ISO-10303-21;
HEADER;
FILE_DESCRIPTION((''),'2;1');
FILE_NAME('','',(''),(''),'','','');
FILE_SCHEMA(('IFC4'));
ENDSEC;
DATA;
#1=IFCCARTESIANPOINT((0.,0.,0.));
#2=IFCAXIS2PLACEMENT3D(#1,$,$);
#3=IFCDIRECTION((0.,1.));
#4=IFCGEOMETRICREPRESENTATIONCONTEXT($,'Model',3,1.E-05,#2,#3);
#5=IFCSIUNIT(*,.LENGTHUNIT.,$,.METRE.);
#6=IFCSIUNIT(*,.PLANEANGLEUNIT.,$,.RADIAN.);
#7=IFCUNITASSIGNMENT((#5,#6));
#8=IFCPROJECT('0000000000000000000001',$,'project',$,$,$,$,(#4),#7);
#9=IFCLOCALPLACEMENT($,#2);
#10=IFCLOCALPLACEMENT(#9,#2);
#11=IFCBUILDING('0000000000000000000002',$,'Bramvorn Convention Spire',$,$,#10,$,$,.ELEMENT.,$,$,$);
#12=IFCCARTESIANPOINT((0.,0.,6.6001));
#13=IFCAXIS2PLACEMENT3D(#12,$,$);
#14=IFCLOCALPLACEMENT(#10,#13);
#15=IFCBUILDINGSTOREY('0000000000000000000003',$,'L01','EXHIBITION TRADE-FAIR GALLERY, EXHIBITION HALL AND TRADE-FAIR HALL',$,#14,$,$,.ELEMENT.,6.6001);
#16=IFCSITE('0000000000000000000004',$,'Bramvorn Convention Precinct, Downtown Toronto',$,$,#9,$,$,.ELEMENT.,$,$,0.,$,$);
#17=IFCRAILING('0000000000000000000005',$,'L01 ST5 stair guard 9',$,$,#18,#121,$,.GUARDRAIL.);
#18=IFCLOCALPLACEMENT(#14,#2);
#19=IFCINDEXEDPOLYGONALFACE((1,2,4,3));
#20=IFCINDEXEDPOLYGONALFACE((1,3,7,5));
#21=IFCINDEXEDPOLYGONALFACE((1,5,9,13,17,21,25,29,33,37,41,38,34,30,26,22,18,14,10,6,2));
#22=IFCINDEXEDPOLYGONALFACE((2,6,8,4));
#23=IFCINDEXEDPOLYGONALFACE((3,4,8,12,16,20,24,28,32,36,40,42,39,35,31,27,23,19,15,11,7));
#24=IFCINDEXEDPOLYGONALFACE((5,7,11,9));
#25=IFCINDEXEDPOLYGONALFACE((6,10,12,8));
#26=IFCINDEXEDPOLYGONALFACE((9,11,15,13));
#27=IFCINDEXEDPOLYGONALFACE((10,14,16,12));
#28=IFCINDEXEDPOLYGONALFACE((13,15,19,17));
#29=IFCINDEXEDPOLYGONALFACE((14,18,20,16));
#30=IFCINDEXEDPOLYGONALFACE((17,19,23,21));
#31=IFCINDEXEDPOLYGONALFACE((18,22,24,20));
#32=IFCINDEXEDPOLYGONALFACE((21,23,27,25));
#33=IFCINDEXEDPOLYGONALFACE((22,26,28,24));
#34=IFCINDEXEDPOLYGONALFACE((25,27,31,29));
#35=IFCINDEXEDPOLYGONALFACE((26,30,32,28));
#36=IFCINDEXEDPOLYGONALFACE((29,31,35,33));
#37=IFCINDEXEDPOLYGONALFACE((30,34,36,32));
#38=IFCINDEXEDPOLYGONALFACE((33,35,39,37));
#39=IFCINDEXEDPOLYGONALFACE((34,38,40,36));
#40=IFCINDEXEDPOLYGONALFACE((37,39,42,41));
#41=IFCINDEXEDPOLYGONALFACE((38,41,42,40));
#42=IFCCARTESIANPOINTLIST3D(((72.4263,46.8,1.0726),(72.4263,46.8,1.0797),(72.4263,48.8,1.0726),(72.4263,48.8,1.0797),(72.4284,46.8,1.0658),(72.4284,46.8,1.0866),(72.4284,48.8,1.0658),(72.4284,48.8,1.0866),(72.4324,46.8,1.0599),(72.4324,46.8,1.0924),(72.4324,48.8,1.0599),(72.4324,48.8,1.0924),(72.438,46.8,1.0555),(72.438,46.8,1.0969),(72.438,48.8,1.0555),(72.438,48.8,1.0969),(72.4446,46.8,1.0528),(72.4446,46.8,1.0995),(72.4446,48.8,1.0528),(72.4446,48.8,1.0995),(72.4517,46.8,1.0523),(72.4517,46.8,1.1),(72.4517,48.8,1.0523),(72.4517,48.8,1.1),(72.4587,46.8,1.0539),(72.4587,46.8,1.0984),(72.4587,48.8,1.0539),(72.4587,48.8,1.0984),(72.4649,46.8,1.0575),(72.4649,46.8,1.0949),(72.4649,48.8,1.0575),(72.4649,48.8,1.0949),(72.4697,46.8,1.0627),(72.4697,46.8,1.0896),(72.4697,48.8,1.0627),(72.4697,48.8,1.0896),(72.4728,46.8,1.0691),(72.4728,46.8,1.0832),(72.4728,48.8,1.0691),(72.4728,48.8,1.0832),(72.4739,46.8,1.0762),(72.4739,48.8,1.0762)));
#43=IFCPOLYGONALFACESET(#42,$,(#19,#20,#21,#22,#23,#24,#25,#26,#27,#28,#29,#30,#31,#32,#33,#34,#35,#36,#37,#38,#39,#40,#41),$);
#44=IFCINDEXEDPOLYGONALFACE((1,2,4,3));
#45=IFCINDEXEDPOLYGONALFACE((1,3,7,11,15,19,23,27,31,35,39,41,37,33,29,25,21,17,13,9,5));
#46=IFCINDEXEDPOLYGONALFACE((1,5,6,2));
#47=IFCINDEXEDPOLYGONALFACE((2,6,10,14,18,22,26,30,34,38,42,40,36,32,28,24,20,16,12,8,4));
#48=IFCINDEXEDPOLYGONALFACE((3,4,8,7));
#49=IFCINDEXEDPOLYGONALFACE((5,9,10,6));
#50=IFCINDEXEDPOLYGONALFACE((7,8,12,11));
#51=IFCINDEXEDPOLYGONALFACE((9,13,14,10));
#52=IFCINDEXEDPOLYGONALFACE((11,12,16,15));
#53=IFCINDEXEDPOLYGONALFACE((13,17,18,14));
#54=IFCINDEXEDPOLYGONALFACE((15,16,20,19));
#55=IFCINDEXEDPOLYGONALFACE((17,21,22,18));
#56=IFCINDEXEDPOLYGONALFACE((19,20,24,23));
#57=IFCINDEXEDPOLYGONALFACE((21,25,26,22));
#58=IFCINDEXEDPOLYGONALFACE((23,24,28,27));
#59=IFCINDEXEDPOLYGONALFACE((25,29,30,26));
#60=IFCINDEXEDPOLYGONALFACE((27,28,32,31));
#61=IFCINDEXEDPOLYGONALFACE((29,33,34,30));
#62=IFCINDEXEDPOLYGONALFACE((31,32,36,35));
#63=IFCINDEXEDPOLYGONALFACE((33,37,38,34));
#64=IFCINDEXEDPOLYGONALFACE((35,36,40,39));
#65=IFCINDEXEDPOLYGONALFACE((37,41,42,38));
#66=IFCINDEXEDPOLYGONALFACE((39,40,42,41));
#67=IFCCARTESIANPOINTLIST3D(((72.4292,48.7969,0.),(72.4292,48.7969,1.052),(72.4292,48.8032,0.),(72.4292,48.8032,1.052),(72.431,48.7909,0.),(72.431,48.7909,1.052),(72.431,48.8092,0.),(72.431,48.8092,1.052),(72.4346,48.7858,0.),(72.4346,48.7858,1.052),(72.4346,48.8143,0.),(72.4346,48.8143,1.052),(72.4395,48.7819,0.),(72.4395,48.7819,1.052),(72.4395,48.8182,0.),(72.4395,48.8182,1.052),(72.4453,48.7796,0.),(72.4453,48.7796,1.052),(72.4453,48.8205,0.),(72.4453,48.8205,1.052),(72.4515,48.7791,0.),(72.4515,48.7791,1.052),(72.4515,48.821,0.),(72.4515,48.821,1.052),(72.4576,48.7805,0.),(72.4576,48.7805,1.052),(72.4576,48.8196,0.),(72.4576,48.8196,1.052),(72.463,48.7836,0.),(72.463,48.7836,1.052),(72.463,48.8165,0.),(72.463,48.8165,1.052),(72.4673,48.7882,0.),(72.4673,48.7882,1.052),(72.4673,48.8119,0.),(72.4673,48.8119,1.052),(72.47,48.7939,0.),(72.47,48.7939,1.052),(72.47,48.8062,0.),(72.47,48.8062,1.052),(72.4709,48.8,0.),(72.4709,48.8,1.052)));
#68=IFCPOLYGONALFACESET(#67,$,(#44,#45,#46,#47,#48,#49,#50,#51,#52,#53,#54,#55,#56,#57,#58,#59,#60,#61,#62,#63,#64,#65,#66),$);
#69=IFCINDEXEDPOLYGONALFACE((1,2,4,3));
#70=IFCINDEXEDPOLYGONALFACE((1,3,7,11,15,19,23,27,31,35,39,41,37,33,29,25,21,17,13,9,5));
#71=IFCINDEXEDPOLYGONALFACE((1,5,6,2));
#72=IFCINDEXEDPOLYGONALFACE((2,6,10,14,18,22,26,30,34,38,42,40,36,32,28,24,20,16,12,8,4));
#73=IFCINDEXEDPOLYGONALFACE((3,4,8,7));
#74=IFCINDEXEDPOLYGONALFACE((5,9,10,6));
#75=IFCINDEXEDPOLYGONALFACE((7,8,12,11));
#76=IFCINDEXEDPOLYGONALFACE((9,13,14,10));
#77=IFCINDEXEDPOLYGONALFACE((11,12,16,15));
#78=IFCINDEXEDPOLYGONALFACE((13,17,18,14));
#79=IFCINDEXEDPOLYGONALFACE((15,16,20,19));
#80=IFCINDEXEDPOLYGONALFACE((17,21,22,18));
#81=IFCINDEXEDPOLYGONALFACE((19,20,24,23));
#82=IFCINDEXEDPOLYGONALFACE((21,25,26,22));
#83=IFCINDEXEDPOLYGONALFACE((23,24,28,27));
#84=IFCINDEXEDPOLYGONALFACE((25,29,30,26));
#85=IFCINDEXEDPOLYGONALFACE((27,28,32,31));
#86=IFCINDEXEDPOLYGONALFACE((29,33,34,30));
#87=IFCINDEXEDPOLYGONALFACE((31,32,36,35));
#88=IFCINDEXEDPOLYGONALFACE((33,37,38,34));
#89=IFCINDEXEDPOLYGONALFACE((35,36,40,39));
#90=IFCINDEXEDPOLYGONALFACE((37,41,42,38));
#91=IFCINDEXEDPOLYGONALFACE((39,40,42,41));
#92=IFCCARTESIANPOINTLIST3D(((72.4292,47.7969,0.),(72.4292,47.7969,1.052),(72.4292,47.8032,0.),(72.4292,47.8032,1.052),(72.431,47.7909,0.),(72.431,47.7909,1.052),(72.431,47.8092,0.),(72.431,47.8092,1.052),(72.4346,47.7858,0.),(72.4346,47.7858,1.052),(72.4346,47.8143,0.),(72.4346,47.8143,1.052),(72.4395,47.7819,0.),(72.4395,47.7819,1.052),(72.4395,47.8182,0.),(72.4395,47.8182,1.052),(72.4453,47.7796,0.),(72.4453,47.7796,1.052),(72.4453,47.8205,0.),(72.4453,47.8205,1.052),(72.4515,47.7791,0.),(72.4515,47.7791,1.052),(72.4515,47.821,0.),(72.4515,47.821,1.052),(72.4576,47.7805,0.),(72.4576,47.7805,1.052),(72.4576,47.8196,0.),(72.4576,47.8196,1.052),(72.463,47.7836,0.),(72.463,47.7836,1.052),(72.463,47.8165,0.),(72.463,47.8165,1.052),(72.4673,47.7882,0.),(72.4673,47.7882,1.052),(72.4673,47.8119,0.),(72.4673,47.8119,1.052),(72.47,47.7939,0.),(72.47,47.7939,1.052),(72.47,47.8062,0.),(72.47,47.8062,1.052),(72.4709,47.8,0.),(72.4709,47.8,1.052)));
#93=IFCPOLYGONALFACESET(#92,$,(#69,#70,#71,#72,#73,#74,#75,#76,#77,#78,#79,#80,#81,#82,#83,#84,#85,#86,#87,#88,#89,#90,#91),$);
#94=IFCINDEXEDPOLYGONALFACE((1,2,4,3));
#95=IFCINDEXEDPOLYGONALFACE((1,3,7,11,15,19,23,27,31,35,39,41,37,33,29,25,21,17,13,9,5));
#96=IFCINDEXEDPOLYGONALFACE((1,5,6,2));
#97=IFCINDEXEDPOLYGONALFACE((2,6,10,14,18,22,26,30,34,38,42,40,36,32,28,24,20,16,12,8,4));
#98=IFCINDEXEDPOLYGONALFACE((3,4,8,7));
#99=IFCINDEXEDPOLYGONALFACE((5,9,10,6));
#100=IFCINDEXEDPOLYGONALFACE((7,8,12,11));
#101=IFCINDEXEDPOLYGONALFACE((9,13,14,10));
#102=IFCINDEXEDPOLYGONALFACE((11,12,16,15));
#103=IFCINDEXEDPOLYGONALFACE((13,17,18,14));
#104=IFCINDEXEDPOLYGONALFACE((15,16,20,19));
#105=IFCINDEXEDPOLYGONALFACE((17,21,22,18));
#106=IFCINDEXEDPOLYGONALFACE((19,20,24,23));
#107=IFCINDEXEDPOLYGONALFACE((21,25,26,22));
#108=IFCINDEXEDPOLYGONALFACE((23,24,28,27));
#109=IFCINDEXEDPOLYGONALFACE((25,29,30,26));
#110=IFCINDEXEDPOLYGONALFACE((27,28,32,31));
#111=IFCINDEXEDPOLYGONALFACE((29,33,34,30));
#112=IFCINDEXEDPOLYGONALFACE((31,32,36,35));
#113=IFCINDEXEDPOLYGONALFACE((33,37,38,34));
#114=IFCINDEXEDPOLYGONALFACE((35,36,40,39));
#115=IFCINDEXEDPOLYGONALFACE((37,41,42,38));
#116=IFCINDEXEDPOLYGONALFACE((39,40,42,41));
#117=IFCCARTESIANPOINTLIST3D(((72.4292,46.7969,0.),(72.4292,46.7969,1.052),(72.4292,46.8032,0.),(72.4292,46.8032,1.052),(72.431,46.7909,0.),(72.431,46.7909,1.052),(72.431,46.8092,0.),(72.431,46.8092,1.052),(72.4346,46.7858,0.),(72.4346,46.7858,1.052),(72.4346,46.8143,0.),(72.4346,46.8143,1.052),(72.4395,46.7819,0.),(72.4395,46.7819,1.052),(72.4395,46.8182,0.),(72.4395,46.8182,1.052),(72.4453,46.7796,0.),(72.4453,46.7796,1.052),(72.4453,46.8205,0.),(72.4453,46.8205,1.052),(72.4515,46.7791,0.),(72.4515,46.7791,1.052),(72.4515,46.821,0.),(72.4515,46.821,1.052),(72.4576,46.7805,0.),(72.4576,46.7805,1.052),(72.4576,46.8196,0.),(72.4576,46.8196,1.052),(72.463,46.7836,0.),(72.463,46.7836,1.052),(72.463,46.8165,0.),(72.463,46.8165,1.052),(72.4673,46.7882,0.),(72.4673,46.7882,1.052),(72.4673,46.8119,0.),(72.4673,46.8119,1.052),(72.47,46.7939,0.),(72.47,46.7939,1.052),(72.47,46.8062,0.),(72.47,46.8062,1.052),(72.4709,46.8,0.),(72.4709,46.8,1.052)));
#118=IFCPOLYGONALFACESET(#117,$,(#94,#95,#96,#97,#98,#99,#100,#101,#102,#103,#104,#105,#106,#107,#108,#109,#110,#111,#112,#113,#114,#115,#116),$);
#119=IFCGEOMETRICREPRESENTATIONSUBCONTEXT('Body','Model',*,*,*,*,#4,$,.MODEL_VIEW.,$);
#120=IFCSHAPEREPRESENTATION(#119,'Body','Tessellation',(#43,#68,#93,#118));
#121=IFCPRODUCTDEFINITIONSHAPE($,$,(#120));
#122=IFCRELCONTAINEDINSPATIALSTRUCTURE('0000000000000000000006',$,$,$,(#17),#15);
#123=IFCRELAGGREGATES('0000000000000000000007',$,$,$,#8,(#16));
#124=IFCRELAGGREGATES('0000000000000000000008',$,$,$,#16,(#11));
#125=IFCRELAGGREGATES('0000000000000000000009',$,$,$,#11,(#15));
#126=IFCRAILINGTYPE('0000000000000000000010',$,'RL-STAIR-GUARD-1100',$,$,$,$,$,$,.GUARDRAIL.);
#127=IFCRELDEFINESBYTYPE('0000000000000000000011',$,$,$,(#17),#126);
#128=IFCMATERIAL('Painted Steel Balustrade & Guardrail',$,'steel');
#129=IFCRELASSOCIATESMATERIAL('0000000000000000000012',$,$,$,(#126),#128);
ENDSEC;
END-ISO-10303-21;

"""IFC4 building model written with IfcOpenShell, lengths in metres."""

from ifc_helpers import new_model, si_unit, direction, frame, origin, origin_2d, place, context, subcontext, project, spatial, circle, extrude, material, type_object, element, save


model = new_model("IFC4")

# Units and contexts
model_context = context("Model", 3, precision=1e-05, world=origin(), true_north=direction((0.0, 1.0)))
body_context = subcontext(model_context, "Body", "Model", "MODEL_VIEW")
ifc_project = project(units=[si_unit("LENGTHUNIT", "METRE"), si_unit("PLANEANGLEUNIT", "RADIAN")], contexts=[model_context])

# Site, building, storey
site_placement = place(None, origin())
site = spatial("IfcSite", under=ifc_project, at=site_placement, Name="Bramvorn Convention Precinct, Downtown Toronto", CompositionType="ELEMENT", RefElevation=0.0)
building_placement = place(site_placement, origin())
building = spatial("IfcBuilding", under=site, at=building_placement, Name="Bramvorn Convention Spire", CompositionType="ELEMENT")
storey_placement = place(building_placement, frame((0.0, 0.0, 6.6001)))
storey = spatial("IfcBuildingStorey", under=building, at=storey_placement, Name="L01", Description="EXHIBITION TRADE-FAIR GALLERY, EXHIBITION HALL AND TRADE-FAIR HALL", CompositionType="ELEMENT", Elevation=6.6001)

# Railing
ifc_material_1 = material(Name="Painted Steel Balustrade & Guardrail", Category="steel")
railing_type_1 = type_object("IfcRailingType", Name="RL-STAIR-GUARD-1100", PredefinedType="GUARDRAIL", material=ifc_material_1)
for number, where, name in (
    (1, (72.45, 48.8, 0.0), "L01 ST5 stair guard 9"),
):
    element("IfcRailing", number, at=place(storey_placement, frame(where)), inside=storey, type_object=railing_type_1, Name=name, PredefinedType="GUARDRAIL", context=body_context, shape_type="SweptSolid", body=[
        extrude(circle(Radius=0.0239, at=origin_2d()), frame((0.0, 0.0, 1.0762), z_axis=(0.0, -1.0, 0.0), x_axis=(1.0, 0.0, 0.0)), (0.0, 0.0, 1.0), 2.0),
        extrude(circle(Radius=0.021, at=origin_2d()), origin(), (0.0, 0.0, 1.0), 1.052),
        extrude(circle(Radius=0.021, at=origin_2d()), frame((0.0, -1.0, 0.0)), (0.0, 0.0, 1.0), 1.052),
        extrude(circle(Radius=0.021, at=origin_2d()), frame((0.0, -2.0, 0.0)), (0.0, 0.0, 1.0), 1.052),
    ])

save(model, "model.ifc")
